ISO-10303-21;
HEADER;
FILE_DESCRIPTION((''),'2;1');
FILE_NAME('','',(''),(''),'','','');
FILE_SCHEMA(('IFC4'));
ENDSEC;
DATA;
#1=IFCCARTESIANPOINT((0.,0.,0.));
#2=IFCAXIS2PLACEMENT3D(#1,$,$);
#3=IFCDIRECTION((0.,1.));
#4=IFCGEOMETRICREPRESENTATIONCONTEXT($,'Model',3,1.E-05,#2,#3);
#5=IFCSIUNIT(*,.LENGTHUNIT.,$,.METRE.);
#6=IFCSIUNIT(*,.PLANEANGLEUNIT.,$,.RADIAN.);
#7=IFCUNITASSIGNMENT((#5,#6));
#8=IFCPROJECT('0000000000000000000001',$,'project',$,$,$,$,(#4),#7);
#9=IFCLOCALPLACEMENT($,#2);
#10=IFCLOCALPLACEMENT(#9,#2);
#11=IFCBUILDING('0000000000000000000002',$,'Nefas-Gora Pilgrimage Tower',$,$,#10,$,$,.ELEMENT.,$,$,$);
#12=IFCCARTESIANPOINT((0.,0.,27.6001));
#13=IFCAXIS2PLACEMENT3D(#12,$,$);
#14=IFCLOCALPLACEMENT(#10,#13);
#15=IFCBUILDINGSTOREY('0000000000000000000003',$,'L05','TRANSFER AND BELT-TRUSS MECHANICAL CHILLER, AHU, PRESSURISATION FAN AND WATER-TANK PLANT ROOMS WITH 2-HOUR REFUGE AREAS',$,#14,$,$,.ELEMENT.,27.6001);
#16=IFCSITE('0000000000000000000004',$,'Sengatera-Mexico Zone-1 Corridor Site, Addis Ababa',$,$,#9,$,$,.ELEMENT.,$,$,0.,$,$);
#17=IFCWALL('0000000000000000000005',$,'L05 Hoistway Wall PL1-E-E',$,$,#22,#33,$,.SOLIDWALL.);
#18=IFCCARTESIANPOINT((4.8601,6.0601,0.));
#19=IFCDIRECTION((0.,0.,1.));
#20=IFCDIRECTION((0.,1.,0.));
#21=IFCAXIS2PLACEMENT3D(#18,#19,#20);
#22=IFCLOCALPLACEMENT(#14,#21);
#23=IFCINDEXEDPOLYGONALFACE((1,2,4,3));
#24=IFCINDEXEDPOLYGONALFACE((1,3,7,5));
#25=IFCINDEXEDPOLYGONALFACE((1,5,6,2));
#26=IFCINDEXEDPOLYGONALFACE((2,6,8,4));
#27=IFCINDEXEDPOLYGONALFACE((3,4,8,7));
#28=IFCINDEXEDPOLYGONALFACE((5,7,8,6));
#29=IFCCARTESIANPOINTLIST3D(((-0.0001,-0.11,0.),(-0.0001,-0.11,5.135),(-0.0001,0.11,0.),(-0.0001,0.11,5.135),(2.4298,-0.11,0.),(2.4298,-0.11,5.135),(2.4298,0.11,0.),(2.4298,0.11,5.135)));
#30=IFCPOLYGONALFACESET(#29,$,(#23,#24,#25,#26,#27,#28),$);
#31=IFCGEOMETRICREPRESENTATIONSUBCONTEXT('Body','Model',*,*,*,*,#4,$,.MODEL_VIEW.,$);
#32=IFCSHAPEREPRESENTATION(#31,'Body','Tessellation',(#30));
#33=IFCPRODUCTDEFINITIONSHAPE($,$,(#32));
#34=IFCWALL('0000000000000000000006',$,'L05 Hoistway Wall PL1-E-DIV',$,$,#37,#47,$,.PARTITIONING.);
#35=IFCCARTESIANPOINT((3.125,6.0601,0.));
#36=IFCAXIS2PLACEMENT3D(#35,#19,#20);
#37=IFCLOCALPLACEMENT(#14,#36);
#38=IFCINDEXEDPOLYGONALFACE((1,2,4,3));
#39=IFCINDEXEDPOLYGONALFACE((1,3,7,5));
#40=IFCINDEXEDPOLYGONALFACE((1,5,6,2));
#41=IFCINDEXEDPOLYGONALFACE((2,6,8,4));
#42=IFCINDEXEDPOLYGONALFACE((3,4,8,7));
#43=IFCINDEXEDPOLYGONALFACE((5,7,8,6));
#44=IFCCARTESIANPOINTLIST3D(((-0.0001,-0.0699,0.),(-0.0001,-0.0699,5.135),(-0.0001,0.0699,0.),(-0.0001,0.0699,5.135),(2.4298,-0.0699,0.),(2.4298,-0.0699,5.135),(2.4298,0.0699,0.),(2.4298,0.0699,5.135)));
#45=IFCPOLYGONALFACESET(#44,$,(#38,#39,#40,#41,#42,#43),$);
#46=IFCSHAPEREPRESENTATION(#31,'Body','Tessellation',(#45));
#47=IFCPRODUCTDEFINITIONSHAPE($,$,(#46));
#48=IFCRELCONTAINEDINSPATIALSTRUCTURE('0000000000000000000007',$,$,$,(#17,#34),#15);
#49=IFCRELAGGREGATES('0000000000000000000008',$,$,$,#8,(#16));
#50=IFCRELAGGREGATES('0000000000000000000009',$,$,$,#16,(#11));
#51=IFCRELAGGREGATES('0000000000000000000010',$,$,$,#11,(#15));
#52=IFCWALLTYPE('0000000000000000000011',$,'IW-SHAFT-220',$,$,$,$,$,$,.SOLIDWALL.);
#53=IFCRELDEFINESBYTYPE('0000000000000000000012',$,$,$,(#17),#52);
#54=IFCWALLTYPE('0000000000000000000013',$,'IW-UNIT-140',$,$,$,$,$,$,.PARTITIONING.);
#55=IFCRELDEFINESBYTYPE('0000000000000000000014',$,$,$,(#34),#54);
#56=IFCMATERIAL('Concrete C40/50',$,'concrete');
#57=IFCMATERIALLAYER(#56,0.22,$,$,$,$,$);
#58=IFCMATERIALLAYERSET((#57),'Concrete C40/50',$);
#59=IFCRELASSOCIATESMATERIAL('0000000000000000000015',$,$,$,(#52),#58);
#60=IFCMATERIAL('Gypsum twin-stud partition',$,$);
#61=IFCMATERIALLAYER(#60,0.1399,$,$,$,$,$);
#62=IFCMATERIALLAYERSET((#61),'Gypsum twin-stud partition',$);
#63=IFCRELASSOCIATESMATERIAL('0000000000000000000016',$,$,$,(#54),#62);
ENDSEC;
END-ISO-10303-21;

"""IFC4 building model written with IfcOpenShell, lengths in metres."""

from ifc_helpers import new_model, si_unit, direction, frame, frame_2d, origin, place, context, subcontext, project, spatial, rectangle, extrude, source, transform, mapped, material, layer, layer_set, type_object, element, save


model = new_model("IFC4")

# Units and contexts
model_context = context("Model", 3, precision=1e-05, world=origin(), true_north=direction((0.0, 1.0)))
body_context = subcontext(model_context, "Body", "Model", "MODEL_VIEW")
ifc_project = project(units=[si_unit("LENGTHUNIT", "METRE"), si_unit("PLANEANGLEUNIT", "RADIAN")], contexts=[model_context])

# Site, building, storey
site_placement = place(None, origin())
site = spatial("IfcSite", under=ifc_project, at=site_placement, Name="Sengatera-Mexico Zone-1 Corridor Site, Addis Ababa", CompositionType="ELEMENT", RefElevation=0.0)
building_placement = place(site_placement, origin())
building = spatial("IfcBuilding", under=site, at=building_placement, Name="Nefas-Gora Pilgrimage Tower", CompositionType="ELEMENT")
storey_placement = place(building_placement, frame((0.0, 0.0, 27.6001)))
storey = spatial("IfcBuildingStorey", under=building, at=storey_placement, Name="L05", Description="TRANSFER AND BELT-TRUSS MECHANICAL CHILLER, AHU, PRESSURISATION FAN AND WATER-TANK PLANT ROOMS WITH 2-HOUR REFUGE AREAS", CompositionType="ELEMENT", Elevation=27.6001)

# Shared definitions
ifc_material_1 = material(Name="Concrete C40/50", Category="concrete")
ifc_layer_1 = layer(ifc_material_1, 0.22)
ifc_layer_set_1 = layer_set([ifc_layer_1], Name="Concrete C40/50")
wall_type_1 = type_object("IfcWallType", Name="IW-SHAFT-220", PredefinedType="SOLIDWALL", material=ifc_layer_set_1)

# Walls
shared_shape_1 = source(origin(), body_context, "Body", "SweptSolid", [
    extrude(rectangle(XDim=2.4299, YDim=0.22, at=frame_2d((1.2148, 0.0))), origin(), (0.0, 0.0, 1.0), 5.135),
])
wall_1_placement = place(storey_placement, frame((4.8601, 6.0601, 0.0), z_axis=(0.0, 0.0, 1.0), x_axis=(0.0, 1.0, 0.0)))
element("IfcWall", 1, at=wall_1_placement, inside=storey, type_object=wall_type_1, Name="L05 Hoistway Wall PL1-E-E", PredefinedType="SOLIDWALL", context=body_context, shape_type="MappedRepresentation", body=[
    mapped(shared_shape_1, transform((0.0, 0.0, 0.0), x_axis=(1.0, 0.0, 0.0), y_axis=(0.0, 1.0, 0.0), z_axis=(0.0, 0.0, 1.0), scale=1.0)),
])
ifc_material_2 = material(Name="Gypsum twin-stud partition")
ifc_layer_2 = layer(ifc_material_2, 0.1399)
ifc_layer_set_2 = layer_set([ifc_layer_2], Name="Gypsum twin-stud partition")
wall_type_2 = type_object("IfcWallType", Name="IW-UNIT-140", PredefinedType="PARTITIONING", material=ifc_layer_set_2)
shared_shape_2 = source(origin(), body_context, "Body", "SweptSolid", [
    extrude(rectangle(XDim=2.4299, YDim=0.1399, at=frame_2d((1.2148, 0.0))), origin(), (0.0, 0.0, 1.0), 5.135),
])
wall_2_placement = place(storey_placement, frame((3.125, 6.0601, 0.0), z_axis=(0.0, 0.0, 1.0), x_axis=(0.0, 1.0, 0.0)))
element("IfcWall", 2, at=wall_2_placement, inside=storey, type_object=wall_type_2, Name="L05 Hoistway Wall PL1-E-DIV", PredefinedType="PARTITIONING", context=body_context, shape_type="MappedRepresentation", body=[
    mapped(shared_shape_2, transform((0.0, 0.0, 0.0), x_axis=(1.0, 0.0, 0.0), y_axis=(0.0, 1.0, 0.0), z_axis=(0.0, 0.0, 1.0), scale=1.0)),
])

save(model, "model.ifc")
